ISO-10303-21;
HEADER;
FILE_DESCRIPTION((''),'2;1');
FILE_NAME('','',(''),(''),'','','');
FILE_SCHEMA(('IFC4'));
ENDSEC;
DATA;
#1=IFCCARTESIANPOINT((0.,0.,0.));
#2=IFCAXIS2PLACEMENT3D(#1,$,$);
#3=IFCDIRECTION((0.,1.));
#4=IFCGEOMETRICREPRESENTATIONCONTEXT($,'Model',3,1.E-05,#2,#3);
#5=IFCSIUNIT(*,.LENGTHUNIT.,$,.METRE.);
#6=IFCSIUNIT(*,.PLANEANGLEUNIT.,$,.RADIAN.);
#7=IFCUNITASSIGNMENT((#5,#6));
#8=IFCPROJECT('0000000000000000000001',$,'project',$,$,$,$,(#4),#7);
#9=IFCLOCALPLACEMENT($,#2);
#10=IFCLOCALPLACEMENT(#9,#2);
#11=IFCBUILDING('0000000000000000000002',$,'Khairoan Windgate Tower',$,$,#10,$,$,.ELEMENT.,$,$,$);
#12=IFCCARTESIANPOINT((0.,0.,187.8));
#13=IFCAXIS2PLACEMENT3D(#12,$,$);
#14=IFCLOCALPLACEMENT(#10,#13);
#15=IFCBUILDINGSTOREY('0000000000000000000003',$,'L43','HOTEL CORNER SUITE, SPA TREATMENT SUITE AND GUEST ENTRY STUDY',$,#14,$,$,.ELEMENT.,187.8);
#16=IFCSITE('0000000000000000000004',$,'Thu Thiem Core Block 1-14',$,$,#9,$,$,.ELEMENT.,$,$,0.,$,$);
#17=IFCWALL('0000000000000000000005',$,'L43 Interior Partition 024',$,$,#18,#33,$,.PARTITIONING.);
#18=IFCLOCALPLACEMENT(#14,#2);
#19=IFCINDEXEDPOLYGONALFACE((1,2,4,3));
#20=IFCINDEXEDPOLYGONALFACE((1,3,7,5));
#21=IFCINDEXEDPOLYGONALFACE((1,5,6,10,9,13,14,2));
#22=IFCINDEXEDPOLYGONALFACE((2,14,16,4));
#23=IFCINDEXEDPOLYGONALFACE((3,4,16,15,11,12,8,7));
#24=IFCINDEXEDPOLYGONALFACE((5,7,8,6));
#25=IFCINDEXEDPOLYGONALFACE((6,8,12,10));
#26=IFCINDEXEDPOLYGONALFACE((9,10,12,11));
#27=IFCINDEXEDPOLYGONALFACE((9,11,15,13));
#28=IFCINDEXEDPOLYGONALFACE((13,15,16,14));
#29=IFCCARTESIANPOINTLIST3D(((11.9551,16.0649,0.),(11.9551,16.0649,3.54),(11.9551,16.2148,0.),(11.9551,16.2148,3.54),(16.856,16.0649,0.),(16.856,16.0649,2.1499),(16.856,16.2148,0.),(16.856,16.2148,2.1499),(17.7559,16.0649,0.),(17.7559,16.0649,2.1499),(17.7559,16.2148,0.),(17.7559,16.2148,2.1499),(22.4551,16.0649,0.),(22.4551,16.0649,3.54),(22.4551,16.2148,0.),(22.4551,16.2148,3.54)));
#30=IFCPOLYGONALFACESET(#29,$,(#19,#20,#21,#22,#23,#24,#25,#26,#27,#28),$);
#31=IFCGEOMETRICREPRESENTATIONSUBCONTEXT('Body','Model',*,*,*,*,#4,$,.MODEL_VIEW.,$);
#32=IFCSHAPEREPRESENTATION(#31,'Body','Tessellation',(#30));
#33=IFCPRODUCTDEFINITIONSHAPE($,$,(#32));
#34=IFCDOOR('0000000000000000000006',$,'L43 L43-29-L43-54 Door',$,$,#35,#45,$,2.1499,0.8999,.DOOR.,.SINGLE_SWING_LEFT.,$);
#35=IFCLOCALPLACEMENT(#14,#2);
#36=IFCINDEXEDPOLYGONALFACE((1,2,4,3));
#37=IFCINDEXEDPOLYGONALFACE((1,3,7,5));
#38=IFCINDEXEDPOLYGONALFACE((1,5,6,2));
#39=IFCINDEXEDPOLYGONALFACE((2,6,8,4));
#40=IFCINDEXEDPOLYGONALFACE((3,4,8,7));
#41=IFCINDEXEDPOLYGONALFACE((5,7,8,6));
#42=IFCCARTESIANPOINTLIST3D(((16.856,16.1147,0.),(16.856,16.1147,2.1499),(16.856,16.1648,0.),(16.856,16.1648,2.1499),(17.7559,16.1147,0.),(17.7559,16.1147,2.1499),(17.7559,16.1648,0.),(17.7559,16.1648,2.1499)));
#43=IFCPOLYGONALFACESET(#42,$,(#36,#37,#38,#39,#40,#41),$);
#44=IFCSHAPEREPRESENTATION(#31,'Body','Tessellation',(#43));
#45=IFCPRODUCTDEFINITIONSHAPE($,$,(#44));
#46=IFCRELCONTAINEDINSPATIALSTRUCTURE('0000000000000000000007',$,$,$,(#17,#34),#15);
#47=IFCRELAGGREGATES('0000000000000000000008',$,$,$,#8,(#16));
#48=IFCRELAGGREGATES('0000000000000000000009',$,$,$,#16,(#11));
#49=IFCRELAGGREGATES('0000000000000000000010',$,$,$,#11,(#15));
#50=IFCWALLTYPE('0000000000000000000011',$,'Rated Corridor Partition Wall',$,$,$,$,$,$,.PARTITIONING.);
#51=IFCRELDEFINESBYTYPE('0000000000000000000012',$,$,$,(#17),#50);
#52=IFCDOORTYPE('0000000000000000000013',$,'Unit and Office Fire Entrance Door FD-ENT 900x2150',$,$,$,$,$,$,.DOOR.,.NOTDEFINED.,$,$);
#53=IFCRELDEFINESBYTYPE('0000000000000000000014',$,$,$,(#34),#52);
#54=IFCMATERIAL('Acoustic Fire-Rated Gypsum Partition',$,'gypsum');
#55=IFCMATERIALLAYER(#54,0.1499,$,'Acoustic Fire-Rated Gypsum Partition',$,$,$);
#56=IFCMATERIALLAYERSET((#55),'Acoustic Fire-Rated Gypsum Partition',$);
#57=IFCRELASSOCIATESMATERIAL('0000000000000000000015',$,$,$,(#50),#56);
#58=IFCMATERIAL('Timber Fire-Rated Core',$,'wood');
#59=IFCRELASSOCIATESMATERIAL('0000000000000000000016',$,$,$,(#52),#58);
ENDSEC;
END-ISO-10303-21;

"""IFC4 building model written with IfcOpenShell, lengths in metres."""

from ifc_helpers import new_model, si_unit, direction, frame, frame_2d, origin, place, context, subcontext, project, spatial, rectangle, extrude, material, layer, layer_set, type_object, element, fill, save


model = new_model("IFC4")

# Units and contexts
model_context = context("Model", 3, precision=1e-05, world=origin(), true_north=direction((0.0, 1.0)))
body_context = subcontext(model_context, "Body", "Model", "MODEL_VIEW")
ifc_project = project(units=[si_unit("LENGTHUNIT", "METRE"), si_unit("PLANEANGLEUNIT", "RADIAN")], contexts=[model_context])

# Site, building, storey
site_placement = place(None, origin())
site = spatial("IfcSite", under=ifc_project, at=site_placement, Name="Thu Thiem Core Block 1-14", CompositionType="ELEMENT", RefElevation=0.0)
building_placement = place(site_placement, origin())
building = spatial("IfcBuilding", under=site, at=building_placement, Name="Khairoan Windgate Tower", CompositionType="ELEMENT")
storey_placement = place(building_placement, frame((0.0, 0.0, 187.8)))
storey = spatial("IfcBuildingStorey", under=building, at=storey_placement, Name="L43", Description="HOTEL CORNER SUITE, SPA TREATMENT SUITE AND GUEST ENTRY STUDY", CompositionType="ELEMENT", Elevation=187.8)

# Shared definitions
ifc_material_1 = material(Name="Acoustic Fire-Rated Gypsum Partition", Category="gypsum")
ifc_layer_1 = layer(ifc_material_1, 0.1499, Name="Acoustic Fire-Rated Gypsum Partition")
ifc_layer_set_1 = layer_set([ifc_layer_1], Name="Acoustic Fire-Rated Gypsum Partition")
wall_type_1 = type_object("IfcWallType", Name="Rated Corridor Partition Wall", PredefinedType="PARTITIONING", material=ifc_layer_set_1)
ifc_material_2 = material(Name="Timber Fire-Rated Core", Category="wood")
door_type_1 = type_object("IfcDoorType", Name="Unit and Office Fire Entrance Door FD-ENT 900x2150", OperationType="NOTDEFINED", PredefinedType="DOOR", material=ifc_material_2)

# Wall, opening, door
wall_1_placement = place(storey_placement, frame((11.9551, 16.1399, 0.0), z_axis=(0.0, 0.0, 1.0), x_axis=(1.0, 0.0, 0.0)))
wall_1 = element("IfcWall", 1, at=wall_1_placement, inside=storey, type_object=wall_type_1, Name="L43 Interior Partition 024", PredefinedType="PARTITIONING", context=body_context, shape_type="SweptSolid", body=[
    extrude(rectangle(XDim=10.5, YDim=0.1499, at=frame_2d((5.25, 0.0))), origin(), (0.0, 0.0, 1.0), 3.54),
])
opening_1_placement = place(wall_1_placement, frame((4.9009, 0.0, 0.0)))
opening_1 = element("IfcOpeningElement", 2, at=opening_1_placement, cuts=wall_1, PredefinedType="OPENING", context=body_context, shape_type="SweptSolid", body=[
    extrude(rectangle(XDim=0.8999, YDim=2.1499, at=frame_2d((0.45, 1.075))), frame((0.0, 0.085, 0.0), z_axis=(0.0, -1.0, 0.0), x_axis=(1.0, 0.0, 0.0)), (0.0, 0.0, 1.0), 0.1699),
])
door_1_placement = place(opening_1_placement, origin())
door_1 = element("IfcDoor", 3, at=door_1_placement, inside=storey, type_object=door_type_1, Name="L43 L43-29-L43-54 Door", OperationType="SINGLE_SWING_LEFT", OverallHeight=2.1499, OverallWidth=0.8999, PredefinedType="DOOR", context=body_context, shape_type="SweptSolid", body=[
    extrude(rectangle(XDim=0.8999, YDim=2.1499, at=frame_2d((0.45, 1.075))), frame((0.0, 0.0249, 0.0), z_axis=(0.0, -1.0, 0.0), x_axis=(1.0, 0.0, 0.0)), (0.0, 0.0, 1.0), 0.05),
])
fill(opening_1, door_1)

save(model, "model.ifc")
